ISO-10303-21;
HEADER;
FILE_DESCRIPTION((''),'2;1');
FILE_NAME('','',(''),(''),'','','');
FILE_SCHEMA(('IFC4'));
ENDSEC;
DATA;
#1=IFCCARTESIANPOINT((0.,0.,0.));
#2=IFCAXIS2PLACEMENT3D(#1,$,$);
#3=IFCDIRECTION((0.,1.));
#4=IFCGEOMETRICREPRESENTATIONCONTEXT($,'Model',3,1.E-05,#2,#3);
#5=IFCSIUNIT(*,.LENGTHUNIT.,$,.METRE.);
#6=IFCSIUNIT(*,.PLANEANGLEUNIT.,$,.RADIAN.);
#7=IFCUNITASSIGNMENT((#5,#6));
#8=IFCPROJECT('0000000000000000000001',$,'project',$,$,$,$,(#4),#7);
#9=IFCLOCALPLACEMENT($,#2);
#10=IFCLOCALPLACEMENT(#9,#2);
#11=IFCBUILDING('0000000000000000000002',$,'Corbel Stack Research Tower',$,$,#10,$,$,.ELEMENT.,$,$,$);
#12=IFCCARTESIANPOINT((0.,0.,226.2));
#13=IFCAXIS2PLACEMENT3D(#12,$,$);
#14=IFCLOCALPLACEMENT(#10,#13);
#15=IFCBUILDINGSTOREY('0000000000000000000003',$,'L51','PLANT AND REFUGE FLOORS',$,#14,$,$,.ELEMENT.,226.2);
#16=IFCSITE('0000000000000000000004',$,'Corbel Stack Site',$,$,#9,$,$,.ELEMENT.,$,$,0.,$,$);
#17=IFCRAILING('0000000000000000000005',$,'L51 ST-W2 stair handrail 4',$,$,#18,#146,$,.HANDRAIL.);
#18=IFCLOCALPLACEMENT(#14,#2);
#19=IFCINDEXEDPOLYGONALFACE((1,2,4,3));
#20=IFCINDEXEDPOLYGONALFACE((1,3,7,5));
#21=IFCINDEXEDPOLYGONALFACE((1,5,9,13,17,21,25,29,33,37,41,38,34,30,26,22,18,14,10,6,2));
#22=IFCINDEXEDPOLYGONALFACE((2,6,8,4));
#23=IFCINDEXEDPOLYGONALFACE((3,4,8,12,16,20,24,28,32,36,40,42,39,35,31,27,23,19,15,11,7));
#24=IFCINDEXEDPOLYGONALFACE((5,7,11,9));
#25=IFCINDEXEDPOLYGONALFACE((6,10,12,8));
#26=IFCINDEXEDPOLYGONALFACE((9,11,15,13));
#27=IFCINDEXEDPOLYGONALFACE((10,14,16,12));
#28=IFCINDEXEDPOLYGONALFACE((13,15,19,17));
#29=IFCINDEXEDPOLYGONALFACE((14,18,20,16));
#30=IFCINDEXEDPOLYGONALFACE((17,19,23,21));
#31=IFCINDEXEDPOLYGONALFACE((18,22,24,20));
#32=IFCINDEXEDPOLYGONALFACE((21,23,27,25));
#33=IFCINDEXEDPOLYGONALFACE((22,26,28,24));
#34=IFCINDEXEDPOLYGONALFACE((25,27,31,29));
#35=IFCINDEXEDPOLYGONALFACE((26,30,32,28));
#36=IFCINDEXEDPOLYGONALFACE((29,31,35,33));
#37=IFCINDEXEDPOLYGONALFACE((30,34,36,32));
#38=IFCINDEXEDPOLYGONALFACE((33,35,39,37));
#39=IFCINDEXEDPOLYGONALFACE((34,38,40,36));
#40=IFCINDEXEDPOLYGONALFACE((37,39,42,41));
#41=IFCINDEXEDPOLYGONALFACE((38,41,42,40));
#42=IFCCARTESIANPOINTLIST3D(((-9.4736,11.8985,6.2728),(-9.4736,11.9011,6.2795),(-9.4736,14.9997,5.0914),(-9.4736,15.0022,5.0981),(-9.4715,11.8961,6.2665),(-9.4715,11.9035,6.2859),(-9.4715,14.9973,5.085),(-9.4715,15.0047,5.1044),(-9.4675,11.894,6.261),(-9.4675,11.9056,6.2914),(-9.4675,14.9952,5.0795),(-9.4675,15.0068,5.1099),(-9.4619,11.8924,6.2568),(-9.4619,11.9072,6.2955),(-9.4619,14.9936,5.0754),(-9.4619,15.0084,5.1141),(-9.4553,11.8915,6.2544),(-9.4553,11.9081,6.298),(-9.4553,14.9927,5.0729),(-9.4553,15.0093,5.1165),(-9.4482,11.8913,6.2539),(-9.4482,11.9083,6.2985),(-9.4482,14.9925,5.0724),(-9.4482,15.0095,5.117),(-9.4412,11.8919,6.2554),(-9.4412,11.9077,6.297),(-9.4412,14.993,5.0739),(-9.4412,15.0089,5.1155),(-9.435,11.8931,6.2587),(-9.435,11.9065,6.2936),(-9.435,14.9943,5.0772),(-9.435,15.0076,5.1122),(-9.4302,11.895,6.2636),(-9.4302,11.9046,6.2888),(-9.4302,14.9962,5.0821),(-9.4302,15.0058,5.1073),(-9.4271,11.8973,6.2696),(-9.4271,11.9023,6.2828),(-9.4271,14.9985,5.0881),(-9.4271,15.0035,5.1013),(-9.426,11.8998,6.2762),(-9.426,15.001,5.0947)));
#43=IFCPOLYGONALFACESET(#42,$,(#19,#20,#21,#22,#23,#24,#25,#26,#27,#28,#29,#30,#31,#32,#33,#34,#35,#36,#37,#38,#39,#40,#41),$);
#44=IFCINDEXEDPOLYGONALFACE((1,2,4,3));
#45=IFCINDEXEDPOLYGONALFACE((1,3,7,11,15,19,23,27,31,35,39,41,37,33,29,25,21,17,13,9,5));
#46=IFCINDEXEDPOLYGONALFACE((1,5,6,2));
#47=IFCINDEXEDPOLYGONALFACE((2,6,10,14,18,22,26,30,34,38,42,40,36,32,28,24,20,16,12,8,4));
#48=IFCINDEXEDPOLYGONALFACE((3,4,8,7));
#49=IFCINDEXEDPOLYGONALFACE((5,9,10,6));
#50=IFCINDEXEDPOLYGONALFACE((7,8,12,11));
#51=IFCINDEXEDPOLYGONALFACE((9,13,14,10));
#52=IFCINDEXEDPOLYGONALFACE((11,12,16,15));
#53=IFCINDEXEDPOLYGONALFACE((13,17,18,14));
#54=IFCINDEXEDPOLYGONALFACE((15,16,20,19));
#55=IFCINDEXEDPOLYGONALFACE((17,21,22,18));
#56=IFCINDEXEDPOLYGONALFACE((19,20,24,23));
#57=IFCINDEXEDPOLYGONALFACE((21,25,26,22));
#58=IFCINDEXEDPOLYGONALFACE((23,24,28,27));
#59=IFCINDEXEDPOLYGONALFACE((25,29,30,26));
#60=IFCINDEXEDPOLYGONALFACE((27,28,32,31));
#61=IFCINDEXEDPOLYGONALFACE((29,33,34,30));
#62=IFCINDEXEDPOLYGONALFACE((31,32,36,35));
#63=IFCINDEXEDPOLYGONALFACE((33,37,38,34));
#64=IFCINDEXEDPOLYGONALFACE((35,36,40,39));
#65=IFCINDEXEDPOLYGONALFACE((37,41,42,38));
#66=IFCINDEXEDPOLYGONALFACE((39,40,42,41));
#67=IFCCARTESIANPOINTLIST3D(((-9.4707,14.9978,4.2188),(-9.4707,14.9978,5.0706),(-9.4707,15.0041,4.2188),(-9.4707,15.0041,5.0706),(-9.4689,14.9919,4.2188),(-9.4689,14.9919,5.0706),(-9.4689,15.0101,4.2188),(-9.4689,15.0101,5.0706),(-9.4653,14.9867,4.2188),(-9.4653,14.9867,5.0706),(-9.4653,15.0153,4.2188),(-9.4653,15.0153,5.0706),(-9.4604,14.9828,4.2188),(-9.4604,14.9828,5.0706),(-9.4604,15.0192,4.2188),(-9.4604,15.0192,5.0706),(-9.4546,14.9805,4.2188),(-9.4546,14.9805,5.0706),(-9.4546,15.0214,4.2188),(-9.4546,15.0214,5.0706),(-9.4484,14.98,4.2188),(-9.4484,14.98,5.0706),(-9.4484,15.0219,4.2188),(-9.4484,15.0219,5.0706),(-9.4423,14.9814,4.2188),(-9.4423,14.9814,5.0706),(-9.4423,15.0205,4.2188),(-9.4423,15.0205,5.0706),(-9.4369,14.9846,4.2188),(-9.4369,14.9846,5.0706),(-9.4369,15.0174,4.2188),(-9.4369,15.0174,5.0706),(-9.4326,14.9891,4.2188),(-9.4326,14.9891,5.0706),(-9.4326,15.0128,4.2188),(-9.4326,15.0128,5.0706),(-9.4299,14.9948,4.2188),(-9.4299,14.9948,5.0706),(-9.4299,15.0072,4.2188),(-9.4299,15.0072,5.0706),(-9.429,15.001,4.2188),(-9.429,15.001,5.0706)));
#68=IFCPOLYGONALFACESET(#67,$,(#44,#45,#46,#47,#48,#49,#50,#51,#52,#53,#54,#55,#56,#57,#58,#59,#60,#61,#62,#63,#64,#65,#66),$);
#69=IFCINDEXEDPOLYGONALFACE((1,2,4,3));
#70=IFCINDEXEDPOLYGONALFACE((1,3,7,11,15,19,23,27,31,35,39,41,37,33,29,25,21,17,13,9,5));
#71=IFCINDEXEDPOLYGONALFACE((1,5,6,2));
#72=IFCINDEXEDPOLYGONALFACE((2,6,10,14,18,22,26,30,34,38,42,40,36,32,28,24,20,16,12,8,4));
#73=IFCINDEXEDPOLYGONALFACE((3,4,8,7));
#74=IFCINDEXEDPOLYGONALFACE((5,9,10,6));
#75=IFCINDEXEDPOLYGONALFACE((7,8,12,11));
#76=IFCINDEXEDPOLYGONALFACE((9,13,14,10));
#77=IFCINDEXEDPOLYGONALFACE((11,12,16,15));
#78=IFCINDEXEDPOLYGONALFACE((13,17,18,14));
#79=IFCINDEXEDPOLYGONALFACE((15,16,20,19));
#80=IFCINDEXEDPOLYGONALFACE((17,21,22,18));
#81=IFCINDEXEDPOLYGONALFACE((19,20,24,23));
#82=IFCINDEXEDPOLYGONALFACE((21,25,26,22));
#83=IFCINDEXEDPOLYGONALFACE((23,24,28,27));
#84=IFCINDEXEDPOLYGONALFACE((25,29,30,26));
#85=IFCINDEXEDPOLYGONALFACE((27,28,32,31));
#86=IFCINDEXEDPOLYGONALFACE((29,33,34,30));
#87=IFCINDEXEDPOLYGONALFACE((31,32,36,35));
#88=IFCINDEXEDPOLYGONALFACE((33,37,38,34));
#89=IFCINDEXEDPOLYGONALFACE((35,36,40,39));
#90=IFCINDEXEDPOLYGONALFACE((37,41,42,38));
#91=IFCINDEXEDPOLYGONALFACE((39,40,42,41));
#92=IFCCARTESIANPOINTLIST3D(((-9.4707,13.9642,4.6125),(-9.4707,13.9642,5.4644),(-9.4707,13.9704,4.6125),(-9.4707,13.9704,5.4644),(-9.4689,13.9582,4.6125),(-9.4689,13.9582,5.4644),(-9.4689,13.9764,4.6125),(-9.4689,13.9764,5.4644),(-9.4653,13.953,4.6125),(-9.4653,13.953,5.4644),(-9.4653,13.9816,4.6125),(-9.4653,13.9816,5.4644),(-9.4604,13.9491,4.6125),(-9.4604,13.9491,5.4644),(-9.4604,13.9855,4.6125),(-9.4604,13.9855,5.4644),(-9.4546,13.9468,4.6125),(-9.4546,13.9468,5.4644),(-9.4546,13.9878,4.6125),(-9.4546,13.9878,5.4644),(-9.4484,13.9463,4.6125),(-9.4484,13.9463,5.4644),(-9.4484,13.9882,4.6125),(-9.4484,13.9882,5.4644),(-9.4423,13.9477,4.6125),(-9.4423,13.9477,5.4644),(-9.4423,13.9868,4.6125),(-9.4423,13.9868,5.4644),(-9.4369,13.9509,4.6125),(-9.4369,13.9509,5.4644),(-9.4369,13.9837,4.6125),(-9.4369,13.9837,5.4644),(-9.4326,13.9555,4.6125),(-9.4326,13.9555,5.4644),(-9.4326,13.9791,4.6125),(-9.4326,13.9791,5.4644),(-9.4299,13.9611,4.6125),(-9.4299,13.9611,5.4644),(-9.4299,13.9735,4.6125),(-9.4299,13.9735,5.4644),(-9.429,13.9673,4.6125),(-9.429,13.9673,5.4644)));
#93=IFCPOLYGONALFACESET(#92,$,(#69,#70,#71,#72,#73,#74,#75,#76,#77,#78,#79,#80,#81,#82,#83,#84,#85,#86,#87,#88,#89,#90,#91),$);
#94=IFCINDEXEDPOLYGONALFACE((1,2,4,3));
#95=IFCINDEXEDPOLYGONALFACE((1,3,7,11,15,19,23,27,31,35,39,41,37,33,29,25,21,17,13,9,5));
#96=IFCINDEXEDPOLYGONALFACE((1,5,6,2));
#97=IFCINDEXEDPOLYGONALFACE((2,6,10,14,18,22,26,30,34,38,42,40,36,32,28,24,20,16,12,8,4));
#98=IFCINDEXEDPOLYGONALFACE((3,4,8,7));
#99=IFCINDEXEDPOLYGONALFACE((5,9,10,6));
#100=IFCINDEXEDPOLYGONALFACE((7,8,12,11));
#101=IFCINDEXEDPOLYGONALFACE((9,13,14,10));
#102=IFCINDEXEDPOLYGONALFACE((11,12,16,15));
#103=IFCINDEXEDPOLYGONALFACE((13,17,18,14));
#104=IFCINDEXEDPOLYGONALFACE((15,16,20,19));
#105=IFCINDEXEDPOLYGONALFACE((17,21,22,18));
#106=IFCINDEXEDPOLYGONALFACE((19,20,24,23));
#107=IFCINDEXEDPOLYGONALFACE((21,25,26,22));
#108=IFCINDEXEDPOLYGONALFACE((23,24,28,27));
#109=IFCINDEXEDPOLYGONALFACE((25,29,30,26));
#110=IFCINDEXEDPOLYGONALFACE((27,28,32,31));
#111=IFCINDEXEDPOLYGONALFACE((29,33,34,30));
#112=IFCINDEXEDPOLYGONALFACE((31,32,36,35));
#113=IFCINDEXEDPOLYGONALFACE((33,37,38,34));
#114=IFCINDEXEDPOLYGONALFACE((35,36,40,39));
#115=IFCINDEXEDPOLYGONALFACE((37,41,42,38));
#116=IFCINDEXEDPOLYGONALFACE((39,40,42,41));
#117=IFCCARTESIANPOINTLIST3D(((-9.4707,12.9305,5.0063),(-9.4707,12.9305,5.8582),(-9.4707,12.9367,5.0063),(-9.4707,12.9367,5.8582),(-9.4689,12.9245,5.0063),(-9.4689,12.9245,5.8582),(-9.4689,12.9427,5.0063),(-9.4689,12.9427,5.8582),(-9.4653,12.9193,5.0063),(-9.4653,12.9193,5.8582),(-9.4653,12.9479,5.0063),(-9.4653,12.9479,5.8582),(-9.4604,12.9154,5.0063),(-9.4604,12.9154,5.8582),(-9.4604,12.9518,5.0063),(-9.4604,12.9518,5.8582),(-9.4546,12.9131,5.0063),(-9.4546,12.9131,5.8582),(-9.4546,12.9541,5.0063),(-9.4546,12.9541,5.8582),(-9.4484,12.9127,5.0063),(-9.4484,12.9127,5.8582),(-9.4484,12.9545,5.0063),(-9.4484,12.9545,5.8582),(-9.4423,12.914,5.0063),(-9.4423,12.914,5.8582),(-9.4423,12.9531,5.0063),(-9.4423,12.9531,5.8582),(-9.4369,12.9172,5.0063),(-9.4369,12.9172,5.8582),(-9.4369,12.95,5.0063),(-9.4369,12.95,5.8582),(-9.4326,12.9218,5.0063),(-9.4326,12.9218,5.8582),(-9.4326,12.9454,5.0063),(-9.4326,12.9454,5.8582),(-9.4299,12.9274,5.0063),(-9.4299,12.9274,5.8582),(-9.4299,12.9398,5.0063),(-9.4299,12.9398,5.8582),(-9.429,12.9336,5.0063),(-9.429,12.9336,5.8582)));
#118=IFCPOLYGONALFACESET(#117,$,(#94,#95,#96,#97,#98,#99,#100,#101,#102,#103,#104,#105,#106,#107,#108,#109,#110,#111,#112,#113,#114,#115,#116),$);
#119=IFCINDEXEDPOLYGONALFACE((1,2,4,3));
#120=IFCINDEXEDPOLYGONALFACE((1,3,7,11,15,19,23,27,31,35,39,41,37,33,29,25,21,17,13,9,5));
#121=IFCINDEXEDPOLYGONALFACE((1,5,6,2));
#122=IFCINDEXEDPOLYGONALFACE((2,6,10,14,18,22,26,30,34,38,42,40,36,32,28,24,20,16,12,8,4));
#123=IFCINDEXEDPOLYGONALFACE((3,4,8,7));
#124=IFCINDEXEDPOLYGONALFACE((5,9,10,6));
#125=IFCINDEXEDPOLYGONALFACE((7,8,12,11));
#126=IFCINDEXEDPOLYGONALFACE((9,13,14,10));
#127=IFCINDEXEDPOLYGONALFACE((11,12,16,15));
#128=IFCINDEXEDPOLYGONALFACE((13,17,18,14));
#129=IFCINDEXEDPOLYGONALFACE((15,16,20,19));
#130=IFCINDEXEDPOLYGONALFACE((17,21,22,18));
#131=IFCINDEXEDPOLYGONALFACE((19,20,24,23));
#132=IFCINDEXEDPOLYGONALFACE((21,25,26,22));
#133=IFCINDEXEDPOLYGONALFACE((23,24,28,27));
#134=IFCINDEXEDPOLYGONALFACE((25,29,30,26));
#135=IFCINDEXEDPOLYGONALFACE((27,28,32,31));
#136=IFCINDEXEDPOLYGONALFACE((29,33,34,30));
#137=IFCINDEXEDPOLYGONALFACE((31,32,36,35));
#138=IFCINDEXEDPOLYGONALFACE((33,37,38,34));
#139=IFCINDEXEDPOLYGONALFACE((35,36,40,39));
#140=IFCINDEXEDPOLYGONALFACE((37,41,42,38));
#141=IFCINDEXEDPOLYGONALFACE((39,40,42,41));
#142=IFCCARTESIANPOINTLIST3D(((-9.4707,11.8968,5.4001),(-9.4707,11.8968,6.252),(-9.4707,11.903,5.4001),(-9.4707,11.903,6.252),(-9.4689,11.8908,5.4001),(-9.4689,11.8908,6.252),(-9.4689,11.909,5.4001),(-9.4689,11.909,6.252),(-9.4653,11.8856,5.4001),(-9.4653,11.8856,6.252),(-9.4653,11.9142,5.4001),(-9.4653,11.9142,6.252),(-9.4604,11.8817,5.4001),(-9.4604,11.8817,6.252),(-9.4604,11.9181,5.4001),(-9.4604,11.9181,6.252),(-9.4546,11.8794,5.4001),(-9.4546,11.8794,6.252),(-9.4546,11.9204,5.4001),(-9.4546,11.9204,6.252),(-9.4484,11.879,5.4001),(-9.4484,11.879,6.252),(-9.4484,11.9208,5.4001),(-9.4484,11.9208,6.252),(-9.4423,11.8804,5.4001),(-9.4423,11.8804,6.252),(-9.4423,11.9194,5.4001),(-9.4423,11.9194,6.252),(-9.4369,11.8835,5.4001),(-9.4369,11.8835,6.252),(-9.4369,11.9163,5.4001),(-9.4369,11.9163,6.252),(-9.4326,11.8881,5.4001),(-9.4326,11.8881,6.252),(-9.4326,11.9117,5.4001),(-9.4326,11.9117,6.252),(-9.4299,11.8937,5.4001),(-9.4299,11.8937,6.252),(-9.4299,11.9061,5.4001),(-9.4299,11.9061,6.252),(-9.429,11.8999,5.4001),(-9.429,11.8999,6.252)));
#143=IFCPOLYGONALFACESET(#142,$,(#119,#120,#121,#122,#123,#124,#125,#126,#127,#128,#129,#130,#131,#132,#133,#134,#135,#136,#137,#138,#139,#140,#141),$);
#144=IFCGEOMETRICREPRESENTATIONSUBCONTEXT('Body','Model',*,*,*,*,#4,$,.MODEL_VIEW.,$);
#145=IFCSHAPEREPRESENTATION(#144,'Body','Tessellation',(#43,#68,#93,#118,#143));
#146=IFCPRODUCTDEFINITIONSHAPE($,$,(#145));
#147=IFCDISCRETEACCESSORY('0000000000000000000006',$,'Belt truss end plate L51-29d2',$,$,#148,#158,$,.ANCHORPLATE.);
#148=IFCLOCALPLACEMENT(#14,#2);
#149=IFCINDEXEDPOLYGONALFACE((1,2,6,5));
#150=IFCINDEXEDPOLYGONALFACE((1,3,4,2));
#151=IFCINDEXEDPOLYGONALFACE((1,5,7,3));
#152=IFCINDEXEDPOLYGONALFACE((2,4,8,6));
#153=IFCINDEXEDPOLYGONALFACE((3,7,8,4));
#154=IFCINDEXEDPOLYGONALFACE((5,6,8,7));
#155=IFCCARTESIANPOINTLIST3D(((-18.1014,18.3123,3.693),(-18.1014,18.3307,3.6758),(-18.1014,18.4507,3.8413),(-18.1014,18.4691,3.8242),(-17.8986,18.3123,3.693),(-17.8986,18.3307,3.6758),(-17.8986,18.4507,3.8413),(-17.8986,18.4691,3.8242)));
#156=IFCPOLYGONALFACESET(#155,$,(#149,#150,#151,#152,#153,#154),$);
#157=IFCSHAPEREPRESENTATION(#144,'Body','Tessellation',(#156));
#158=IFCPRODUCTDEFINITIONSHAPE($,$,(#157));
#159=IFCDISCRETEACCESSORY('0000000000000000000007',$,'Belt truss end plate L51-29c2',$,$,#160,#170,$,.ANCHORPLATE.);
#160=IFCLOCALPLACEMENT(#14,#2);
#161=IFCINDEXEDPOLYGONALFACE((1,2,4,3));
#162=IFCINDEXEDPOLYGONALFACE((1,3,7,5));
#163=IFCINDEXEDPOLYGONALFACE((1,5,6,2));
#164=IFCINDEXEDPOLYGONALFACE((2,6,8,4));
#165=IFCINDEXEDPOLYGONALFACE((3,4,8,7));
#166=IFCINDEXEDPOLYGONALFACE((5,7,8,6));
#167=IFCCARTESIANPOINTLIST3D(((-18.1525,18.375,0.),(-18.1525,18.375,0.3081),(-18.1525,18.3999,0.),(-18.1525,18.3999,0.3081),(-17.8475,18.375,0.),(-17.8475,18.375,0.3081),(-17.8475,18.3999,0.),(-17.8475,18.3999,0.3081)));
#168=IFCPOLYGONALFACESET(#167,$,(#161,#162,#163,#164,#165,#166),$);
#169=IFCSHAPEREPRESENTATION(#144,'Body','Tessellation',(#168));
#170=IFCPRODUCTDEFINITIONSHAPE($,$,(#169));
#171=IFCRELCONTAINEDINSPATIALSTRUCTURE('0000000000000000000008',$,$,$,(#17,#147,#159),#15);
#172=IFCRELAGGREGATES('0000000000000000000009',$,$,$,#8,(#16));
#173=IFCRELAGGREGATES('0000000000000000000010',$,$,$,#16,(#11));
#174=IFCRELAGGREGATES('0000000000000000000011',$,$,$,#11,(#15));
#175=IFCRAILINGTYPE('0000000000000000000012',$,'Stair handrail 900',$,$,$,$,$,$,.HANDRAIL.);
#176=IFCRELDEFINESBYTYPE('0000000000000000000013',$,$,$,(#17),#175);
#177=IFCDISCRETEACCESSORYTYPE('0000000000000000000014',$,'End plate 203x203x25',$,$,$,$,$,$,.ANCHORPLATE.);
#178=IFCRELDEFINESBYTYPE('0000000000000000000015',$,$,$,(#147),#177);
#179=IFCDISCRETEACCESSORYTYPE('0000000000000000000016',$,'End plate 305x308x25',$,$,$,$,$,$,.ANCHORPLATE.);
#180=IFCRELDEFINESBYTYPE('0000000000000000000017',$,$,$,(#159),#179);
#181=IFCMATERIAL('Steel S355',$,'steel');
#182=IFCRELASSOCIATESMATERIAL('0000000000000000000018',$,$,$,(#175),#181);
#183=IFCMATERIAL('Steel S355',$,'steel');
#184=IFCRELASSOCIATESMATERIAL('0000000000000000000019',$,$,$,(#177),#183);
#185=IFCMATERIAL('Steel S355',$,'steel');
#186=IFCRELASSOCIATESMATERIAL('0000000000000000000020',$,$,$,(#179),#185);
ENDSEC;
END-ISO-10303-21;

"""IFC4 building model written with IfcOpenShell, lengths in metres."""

from ifc_helpers import new_model, si_unit, direction, frame, origin, origin_2d, place, context, subcontext, project, spatial, rectangle, circle, extrude, material, material_profile, profile_set, type_object, element, save


model = new_model("IFC4")

# Units and contexts
model_context = context("Model", 3, precision=1e-05, world=origin(), true_north=direction((0.0, 1.0)))
body_context = subcontext(model_context, "Body", "Model", "MODEL_VIEW")
ifc_project = project(units=[si_unit("LENGTHUNIT", "METRE"), si_unit("PLANEANGLEUNIT", "RADIAN")], contexts=[model_context])

# Site, building, storey
site_placement = place(None, origin())
site = spatial("IfcSite", under=ifc_project, at=site_placement, Name="Corbel Stack Site", CompositionType="ELEMENT", RefElevation=0.0)
building_placement = place(site_placement, origin())
building = spatial("IfcBuilding", under=site, at=building_placement, Name="Corbel Stack Research Tower", CompositionType="ELEMENT")
storey_placement = place(building_placement, frame((0.0, 0.0, 226.2)))
storey = spatial("IfcBuildingStorey", under=building, at=storey_placement, Name="L51", Description="PLANT AND REFUGE FLOORS", CompositionType="ELEMENT", Elevation=226.2)

# Railing
ifc_material_1 = material(Name="Steel S355", Category="steel")
railing_type_1 = type_object("IfcRailingType", Name="Stair handrail 900", PredefinedType="HANDRAIL", material=ifc_material_1)
railing_1_placement = place(storey_placement, frame((-9.45, 15.001, 4.2188)))
element("IfcRailing", 1, at=railing_1_placement, inside=storey, type_object=railing_type_1, Name="L51 ST-W2 stair handrail 4", PredefinedType="HANDRAIL", context=body_context, shape_type="SweptSolid", body=[
    extrude(circle(Radius=0.0239, at=origin_2d()), frame((0.0, 0.0, 0.876), z_axis=(0.0, -0.934484, 0.356005), x_axis=(1.0, 0.0, 0.0)), (0.0, 0.0, 1.0), 3.3186),
    extrude(circle(Radius=0.021, at=origin_2d()), origin(), (0.0, 0.0, 1.0), 0.8518),
    extrude(circle(Radius=0.021, at=origin_2d()), frame((0.0, -1.0337, 0.3938)), (0.0, 0.0, 1.0), 0.8518),
    extrude(circle(Radius=0.021, at=origin_2d()), frame((0.0, -2.0674, 0.7876)), (0.0, 0.0, 1.0), 0.8518),
    extrude(circle(Radius=0.021, at=origin_2d()), frame((0.0, -3.1011, 1.1814)), (0.0, 0.0, 1.0), 0.8518),
])

# Discrete accessories
ifc_material_2 = material(Name="Steel S355", Category="steel")
ifc_material_profile_1 = material_profile(ifc_material_2, rectangle(XDim=0.2029, YDim=0.2029, at=origin_2d()), Name="End plate 203x203x25")
ifc_profile_set_1 = profile_set([ifc_material_profile_1], Name="Steel S355")
discrete_accessory_type_1 = type_object("IfcDiscreteAccessoryType", Name="End plate 203x203x25", PredefinedType="ANCHORPLATE", material=ifc_profile_set_1)
discrete_accessory_1_placement = place(storey_placement, frame((-18.0, 18.3999, 3.75), z_axis=(0.0, -0.731055, 0.682318), x_axis=(1.0, 0.0, 0.0)))
element("IfcDiscreteAccessory", 2, at=discrete_accessory_1_placement, inside=storey, type_object=discrete_accessory_type_1, Name="Belt truss end plate L51-29d2", PredefinedType="ANCHORPLATE", context=body_context, shape_type="SweptSolid", body=[
    extrude(rectangle(XDim=0.2029, YDim=0.2029, at=origin_2d()), origin(), (0.0, 0.0, 1.0), 0.0251),
])
ifc_material_3 = material(Name="Steel S355", Category="steel")
ifc_material_profile_2 = material_profile(ifc_material_3, rectangle(XDim=0.3049, YDim=0.3081, at=origin_2d()), Name="End plate 305x308x25")
ifc_profile_set_2 = profile_set([ifc_material_profile_2], Name="Steel S355")
discrete_accessory_type_2 = type_object("IfcDiscreteAccessoryType", Name="End plate 305x308x25", PredefinedType="ANCHORPLATE", material=ifc_profile_set_2)
discrete_accessory_2_placement = place(storey_placement, frame((-18.0, 18.3999, 0.1541), z_axis=(0.0, -1.0, 0.0), x_axis=(1.0, 0.0, 0.0)))
element("IfcDiscreteAccessory", 3, at=discrete_accessory_2_placement, inside=storey, type_object=discrete_accessory_type_2, Name="Belt truss end plate L51-29c2", PredefinedType="ANCHORPLATE", context=body_context, shape_type="SweptSolid", body=[
    extrude(rectangle(XDim=0.3049, YDim=0.3081, at=origin_2d()), origin(), (0.0, 0.0, 1.0), 0.0249),
])

save(model, "model.ifc")
